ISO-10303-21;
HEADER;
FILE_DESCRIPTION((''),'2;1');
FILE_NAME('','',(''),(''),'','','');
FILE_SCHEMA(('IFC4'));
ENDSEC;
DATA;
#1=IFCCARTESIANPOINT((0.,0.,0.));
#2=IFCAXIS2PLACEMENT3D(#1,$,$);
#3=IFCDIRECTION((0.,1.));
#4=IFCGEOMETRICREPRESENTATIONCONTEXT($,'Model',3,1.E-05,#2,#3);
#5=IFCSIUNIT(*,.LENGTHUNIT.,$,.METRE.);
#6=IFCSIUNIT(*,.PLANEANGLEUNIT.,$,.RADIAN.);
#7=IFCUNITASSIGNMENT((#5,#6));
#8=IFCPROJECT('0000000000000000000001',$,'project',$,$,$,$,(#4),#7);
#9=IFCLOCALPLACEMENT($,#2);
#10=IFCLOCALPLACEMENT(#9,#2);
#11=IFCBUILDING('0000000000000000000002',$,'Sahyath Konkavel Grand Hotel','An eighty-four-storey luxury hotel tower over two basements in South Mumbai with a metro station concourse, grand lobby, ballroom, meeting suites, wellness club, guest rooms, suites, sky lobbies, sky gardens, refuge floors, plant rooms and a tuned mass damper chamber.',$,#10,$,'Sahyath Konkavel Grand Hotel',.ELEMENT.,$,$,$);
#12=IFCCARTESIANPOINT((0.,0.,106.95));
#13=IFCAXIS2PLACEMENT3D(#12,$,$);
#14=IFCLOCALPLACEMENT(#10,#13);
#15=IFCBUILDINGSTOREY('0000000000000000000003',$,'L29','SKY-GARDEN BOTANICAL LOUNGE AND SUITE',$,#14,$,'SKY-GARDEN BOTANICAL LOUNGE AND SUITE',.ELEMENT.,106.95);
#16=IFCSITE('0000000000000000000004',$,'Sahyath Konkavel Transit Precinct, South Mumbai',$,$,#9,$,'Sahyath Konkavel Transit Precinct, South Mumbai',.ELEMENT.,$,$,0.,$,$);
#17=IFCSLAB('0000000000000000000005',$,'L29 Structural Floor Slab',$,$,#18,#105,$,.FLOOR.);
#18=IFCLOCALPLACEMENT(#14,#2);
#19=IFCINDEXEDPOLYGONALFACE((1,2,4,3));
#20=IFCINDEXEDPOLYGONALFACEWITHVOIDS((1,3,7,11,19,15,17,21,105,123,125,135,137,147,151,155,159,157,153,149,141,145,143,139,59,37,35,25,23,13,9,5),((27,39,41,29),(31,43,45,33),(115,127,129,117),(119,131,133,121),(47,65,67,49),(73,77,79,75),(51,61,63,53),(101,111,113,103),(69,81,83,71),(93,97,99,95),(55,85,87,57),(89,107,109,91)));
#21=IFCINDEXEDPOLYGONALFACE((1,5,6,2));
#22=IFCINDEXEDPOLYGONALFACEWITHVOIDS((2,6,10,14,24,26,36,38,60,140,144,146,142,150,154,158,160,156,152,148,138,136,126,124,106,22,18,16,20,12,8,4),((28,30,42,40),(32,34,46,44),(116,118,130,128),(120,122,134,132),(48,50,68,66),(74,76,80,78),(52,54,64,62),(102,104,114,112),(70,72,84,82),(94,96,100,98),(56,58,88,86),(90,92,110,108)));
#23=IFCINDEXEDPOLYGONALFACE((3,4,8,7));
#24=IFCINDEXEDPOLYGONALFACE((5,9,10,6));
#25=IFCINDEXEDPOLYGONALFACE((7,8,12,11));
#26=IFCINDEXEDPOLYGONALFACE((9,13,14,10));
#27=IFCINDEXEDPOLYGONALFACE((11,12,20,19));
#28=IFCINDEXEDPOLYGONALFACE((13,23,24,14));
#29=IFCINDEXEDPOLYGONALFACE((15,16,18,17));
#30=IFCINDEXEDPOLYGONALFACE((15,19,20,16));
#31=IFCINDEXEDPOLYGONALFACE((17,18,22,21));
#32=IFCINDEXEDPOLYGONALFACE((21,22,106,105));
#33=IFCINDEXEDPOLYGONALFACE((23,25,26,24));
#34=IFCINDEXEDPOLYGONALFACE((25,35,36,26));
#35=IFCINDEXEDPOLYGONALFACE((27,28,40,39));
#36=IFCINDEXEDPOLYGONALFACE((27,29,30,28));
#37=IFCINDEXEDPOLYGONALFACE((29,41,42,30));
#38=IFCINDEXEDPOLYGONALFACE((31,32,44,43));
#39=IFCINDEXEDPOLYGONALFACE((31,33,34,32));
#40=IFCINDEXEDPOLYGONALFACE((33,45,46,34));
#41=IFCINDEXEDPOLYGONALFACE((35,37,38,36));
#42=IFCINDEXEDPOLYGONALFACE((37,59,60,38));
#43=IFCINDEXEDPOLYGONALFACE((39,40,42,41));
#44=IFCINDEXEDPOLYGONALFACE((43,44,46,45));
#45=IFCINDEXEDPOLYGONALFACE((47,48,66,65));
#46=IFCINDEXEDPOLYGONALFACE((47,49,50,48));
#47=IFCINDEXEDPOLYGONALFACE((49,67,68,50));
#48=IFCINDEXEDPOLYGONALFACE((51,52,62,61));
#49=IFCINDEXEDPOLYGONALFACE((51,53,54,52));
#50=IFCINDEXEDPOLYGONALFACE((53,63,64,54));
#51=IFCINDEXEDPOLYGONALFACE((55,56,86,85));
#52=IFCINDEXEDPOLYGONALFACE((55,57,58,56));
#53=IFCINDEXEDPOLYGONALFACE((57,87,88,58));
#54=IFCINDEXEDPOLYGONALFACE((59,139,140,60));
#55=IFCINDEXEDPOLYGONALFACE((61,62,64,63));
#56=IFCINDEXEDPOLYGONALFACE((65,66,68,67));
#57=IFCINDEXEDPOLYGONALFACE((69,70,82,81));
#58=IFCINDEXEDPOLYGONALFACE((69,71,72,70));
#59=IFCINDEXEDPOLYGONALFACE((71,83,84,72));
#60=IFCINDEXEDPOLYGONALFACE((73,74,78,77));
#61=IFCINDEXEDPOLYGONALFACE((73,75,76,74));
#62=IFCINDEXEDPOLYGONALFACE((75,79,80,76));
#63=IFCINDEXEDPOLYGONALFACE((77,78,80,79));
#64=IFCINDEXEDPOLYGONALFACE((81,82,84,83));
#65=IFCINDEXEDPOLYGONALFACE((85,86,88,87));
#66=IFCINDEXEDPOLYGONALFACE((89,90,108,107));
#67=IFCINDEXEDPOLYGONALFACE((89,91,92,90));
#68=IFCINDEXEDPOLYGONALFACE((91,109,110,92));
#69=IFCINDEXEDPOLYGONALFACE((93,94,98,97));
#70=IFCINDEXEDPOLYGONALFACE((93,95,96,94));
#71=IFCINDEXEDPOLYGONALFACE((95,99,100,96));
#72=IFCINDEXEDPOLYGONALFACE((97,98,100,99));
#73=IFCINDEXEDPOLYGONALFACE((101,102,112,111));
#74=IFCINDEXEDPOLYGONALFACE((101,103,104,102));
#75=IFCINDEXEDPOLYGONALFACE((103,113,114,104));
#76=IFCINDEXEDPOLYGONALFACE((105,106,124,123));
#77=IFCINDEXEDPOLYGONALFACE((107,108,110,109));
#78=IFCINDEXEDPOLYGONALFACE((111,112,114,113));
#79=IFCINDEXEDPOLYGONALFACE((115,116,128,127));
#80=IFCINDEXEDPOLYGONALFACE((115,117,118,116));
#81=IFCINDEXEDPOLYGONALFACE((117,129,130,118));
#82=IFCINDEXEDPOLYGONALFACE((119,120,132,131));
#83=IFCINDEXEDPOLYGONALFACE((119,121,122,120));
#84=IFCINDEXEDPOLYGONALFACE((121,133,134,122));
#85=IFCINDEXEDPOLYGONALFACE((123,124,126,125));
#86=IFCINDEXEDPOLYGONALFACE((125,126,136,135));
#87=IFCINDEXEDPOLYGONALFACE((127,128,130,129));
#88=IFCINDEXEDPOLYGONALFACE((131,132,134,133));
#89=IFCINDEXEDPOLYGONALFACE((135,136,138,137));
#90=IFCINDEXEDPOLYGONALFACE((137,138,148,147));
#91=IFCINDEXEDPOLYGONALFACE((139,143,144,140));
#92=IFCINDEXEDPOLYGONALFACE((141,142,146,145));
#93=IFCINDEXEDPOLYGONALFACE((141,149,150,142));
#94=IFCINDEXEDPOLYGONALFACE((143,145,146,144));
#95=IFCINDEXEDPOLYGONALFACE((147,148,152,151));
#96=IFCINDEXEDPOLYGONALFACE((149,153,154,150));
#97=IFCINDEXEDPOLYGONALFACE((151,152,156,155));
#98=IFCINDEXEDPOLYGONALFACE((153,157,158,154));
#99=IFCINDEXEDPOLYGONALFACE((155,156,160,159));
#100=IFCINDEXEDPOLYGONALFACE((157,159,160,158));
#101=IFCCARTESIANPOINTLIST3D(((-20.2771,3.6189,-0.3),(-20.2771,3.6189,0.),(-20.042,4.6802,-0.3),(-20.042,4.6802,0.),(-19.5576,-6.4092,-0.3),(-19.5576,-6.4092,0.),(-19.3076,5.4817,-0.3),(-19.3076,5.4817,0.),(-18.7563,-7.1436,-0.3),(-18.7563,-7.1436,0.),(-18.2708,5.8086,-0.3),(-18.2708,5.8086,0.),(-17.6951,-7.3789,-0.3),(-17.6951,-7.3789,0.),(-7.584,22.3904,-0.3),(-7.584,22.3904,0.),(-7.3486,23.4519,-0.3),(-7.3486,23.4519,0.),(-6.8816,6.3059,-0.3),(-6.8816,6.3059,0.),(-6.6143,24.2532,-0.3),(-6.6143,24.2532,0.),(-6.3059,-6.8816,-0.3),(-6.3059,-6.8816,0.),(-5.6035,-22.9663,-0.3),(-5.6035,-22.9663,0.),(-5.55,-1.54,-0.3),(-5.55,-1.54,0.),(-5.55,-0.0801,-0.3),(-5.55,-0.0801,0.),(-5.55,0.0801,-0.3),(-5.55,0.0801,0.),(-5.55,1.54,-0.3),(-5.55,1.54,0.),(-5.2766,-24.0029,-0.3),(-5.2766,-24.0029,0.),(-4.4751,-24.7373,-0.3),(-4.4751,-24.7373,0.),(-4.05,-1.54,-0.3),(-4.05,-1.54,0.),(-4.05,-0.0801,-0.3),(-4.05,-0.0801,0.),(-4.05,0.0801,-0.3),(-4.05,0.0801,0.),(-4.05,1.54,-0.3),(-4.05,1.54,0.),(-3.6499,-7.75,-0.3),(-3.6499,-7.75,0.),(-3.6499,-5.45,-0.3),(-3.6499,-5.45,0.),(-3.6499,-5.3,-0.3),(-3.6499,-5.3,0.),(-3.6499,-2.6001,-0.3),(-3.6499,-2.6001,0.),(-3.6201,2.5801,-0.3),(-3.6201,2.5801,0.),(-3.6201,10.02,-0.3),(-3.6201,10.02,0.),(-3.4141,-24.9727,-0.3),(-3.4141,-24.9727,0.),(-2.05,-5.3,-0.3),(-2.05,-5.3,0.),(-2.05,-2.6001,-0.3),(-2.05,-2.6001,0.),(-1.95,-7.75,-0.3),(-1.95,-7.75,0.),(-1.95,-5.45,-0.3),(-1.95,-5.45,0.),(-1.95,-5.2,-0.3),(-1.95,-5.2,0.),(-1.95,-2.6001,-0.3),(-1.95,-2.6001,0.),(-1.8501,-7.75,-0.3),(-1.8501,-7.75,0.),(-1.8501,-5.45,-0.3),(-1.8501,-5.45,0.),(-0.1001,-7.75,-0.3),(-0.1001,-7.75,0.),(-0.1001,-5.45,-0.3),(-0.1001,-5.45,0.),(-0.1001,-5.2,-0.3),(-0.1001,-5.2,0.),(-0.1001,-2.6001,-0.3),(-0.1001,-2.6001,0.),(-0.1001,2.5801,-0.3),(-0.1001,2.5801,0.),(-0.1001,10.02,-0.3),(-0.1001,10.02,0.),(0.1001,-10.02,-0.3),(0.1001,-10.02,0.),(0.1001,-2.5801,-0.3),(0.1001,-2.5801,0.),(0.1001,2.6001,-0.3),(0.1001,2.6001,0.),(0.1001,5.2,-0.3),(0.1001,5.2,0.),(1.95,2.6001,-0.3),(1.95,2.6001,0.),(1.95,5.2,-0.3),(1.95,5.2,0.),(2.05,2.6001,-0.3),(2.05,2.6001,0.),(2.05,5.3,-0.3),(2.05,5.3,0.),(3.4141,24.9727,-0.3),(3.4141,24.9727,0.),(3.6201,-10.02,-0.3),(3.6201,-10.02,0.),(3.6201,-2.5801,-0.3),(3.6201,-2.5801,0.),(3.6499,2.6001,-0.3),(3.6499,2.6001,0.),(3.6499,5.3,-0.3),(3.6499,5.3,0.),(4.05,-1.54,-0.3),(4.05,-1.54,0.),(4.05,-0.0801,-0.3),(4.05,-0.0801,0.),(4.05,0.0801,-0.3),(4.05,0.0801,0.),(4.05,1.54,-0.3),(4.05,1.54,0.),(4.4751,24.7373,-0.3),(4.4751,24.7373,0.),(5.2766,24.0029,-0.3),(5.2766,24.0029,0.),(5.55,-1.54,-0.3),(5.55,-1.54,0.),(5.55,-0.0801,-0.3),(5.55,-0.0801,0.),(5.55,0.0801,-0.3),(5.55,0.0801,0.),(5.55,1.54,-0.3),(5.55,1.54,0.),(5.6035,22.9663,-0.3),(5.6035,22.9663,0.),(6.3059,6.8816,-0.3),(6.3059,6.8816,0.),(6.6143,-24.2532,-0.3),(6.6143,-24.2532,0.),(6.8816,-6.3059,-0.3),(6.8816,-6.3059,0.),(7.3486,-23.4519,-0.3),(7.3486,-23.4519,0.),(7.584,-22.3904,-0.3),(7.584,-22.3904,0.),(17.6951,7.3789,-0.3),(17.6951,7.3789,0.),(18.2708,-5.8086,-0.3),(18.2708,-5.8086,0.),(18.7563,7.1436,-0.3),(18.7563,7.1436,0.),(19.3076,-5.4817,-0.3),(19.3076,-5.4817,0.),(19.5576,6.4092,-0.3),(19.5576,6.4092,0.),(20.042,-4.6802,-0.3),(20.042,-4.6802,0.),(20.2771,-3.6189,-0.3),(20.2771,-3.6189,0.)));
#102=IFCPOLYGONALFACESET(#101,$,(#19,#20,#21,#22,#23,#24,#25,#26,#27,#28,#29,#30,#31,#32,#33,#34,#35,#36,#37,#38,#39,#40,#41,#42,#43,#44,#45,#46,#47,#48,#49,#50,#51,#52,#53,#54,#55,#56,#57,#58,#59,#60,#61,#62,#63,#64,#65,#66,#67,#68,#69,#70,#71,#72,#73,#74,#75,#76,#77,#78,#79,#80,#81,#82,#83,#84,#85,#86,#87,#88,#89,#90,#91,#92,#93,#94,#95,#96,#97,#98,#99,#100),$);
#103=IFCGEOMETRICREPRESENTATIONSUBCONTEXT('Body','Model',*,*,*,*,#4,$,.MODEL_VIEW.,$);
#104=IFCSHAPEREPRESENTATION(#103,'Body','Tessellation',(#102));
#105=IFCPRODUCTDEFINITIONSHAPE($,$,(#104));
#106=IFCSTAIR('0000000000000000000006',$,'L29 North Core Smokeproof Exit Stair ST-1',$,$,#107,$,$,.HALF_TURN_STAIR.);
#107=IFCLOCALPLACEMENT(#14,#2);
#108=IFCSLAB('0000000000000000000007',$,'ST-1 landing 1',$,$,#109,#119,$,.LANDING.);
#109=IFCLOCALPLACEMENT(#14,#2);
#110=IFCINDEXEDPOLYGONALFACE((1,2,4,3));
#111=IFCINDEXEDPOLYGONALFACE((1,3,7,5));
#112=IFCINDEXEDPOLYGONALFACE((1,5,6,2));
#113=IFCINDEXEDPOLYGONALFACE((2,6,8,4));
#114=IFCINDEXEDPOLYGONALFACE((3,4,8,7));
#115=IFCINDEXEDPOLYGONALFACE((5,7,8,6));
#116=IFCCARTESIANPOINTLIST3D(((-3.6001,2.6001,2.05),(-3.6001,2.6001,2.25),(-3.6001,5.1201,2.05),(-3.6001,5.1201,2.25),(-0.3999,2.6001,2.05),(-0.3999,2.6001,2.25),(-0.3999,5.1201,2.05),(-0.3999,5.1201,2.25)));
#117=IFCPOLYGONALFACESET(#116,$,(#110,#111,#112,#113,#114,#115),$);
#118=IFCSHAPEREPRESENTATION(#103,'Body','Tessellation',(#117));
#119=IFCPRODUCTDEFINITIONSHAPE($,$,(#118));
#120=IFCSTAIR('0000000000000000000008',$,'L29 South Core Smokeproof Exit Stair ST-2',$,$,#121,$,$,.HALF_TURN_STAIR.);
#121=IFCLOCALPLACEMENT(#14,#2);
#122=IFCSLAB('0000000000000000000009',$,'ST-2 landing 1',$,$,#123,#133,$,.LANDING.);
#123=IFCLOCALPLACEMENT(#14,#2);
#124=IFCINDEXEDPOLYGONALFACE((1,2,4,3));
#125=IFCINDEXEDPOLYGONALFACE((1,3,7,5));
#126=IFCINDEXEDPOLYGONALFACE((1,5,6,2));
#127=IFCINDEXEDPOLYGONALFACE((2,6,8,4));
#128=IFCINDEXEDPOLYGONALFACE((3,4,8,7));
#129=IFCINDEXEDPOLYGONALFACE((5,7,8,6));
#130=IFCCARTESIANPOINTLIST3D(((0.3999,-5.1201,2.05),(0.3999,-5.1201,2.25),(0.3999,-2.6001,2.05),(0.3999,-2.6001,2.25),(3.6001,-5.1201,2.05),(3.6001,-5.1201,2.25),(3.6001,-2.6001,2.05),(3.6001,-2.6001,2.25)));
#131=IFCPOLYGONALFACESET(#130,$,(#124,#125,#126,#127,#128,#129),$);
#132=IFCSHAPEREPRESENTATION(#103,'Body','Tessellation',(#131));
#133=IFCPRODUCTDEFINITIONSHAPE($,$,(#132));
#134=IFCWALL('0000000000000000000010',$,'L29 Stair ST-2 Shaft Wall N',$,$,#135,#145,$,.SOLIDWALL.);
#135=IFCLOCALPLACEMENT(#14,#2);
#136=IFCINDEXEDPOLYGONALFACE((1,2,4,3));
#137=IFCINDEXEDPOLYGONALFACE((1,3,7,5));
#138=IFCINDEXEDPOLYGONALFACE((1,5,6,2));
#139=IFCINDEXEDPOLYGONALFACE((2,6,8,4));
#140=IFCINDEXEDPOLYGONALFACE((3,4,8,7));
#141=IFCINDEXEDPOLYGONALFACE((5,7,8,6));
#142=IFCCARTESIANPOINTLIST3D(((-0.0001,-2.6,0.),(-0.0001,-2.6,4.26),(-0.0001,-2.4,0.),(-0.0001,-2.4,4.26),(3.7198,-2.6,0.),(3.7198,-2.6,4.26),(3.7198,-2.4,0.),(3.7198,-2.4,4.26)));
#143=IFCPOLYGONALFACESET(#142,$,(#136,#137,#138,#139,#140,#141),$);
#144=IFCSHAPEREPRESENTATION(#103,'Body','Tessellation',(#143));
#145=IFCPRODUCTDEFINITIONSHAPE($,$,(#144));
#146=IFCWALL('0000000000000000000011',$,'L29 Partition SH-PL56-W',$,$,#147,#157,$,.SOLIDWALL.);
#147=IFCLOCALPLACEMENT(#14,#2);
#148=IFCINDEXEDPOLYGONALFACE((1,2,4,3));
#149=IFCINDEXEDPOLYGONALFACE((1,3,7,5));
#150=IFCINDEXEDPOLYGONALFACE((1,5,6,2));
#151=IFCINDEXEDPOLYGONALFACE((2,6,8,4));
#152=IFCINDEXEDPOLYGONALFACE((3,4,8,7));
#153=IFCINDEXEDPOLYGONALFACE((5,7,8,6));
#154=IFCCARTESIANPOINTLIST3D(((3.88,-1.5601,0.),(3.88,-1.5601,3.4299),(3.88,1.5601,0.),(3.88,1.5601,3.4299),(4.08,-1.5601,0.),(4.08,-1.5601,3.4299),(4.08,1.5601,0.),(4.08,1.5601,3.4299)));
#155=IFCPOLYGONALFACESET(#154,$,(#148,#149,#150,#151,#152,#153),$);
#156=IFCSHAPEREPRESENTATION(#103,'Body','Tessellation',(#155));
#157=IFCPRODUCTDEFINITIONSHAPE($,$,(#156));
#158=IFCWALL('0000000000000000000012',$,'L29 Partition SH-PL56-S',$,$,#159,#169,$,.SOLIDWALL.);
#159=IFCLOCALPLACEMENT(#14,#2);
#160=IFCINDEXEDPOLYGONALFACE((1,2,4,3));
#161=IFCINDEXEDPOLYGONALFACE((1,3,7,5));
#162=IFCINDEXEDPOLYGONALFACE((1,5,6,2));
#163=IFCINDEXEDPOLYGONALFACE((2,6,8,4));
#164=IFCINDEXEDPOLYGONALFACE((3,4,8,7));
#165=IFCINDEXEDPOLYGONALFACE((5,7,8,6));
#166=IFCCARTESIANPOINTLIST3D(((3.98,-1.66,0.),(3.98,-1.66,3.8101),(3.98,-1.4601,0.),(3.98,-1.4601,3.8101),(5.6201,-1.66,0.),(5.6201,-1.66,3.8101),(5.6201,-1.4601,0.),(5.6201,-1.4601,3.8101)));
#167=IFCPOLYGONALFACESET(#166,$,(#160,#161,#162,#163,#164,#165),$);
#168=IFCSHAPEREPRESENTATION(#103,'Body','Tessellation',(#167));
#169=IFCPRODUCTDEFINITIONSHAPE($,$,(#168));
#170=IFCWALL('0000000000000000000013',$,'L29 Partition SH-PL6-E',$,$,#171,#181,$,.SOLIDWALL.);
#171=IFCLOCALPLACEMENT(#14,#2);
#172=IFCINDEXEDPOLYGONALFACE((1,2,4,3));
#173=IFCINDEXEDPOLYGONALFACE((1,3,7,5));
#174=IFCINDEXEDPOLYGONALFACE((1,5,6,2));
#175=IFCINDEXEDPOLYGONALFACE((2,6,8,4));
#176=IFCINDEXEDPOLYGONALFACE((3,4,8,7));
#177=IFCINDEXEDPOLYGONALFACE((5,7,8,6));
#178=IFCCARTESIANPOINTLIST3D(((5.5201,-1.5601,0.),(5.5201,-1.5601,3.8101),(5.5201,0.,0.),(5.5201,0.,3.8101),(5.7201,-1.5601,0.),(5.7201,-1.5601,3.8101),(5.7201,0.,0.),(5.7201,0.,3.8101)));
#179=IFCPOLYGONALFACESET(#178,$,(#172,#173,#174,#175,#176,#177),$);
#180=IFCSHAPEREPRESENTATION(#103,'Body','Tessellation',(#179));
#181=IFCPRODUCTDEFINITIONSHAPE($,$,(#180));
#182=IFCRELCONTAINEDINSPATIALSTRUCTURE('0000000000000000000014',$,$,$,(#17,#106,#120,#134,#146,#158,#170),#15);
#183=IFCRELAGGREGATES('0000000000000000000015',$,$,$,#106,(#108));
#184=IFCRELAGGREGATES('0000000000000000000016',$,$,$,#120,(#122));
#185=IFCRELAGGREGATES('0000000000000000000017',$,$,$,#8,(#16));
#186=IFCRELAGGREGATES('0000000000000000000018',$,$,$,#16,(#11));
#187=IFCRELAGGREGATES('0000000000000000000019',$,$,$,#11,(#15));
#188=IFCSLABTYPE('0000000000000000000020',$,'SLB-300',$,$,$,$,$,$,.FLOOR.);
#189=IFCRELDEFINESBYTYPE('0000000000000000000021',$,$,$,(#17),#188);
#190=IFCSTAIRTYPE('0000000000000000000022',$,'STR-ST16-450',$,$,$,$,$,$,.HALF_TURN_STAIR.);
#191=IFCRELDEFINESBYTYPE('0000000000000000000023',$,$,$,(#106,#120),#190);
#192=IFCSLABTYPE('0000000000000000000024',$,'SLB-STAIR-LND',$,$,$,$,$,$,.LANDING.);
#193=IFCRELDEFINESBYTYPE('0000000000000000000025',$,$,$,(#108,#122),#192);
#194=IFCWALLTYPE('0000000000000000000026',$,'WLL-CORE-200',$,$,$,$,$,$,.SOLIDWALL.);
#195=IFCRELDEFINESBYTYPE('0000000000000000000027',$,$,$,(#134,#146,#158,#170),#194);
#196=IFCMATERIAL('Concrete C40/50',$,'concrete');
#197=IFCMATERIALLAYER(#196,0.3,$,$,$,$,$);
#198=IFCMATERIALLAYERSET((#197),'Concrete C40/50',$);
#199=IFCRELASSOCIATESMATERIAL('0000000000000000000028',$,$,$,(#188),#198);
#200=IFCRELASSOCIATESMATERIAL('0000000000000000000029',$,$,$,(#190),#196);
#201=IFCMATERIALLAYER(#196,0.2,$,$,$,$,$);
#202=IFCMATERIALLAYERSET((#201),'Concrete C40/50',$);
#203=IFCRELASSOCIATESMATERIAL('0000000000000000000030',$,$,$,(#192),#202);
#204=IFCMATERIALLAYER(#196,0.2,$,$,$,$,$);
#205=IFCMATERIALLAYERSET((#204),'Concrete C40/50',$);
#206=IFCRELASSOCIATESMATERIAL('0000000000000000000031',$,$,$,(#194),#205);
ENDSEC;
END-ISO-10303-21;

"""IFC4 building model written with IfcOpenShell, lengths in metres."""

from ifc_helpers import new_model, si_unit, direction, frame, frame_2d, origin, place, context, subcontext, project, spatial, polyline, rectangle, outline, extrude, material, layer, layer_set, type_object, element, aggregate, save


model = new_model("IFC4")

# Units and contexts
model_context = context("Model", 3, precision=1e-05, world=origin(), true_north=direction((0.0, 1.0)))
body_context = subcontext(model_context, "Body", "Model", "MODEL_VIEW")
ifc_project = project(units=[si_unit("LENGTHUNIT", "METRE"), si_unit("PLANEANGLEUNIT", "RADIAN")], contexts=[model_context])

# Site, building, storey
site_placement = place(None, origin())
site = spatial("IfcSite", under=ifc_project, at=site_placement, Name="Sahyath Konkavel Transit Precinct, South Mumbai", LongName="Sahyath Konkavel Transit Precinct, South Mumbai", CompositionType="ELEMENT", RefElevation=0.0)
building_placement = place(site_placement, origin())
building = spatial("IfcBuilding", under=site, at=building_placement, Name="Sahyath Konkavel Grand Hotel", Description="An eighty-four-storey luxury hotel tower over two basements in South Mumbai with a metro station concourse, grand lobby, ballroom, meeting suites, wellness club, guest rooms, suites, sky lobbies, sky gardens, refuge floors, plant rooms and a tuned mass damper chamber.", LongName="Sahyath Konkavel Grand Hotel", CompositionType="ELEMENT")
storey_placement = place(building_placement, frame((0.0, 0.0, 106.95)))
storey = spatial("IfcBuildingStorey", under=building, at=storey_placement, Name="L29", Description="SKY-GARDEN BOTANICAL LOUNGE AND SUITE", LongName="SKY-GARDEN BOTANICAL LOUNGE AND SUITE", CompositionType="ELEMENT", Elevation=106.95)

# Slab
ifc_material_1 = material(Name="Concrete C40/50", Category="concrete")
ifc_layer_1 = layer(ifc_material_1, 0.3)
ifc_layer_set_1 = layer_set([ifc_layer_1], Name="Concrete C40/50")
slab_type_1 = type_object("IfcSlabType", Name="SLB-300", PredefinedType="FLOOR", material=ifc_layer_set_1)
slab_1_placement = place(storey_placement, frame((0.0, 0.0, -0.3)))
element("IfcSlab", 1, at=slab_1_placement, inside=storey, type_object=slab_type_1, Name="L29 Structural Floor Slab", PredefinedType="FLOOR", context=body_context, shape_type="SweptSolid", body=[
    extrude(outline(polyline([(6.8816, -6.3059), (18.2708, -5.8086), (19.3076, -5.4817), (20.042, -4.6802), (20.2771, -3.6189), (19.5576, 6.4092), (18.7563, 7.1436), (17.6951, 7.3789), (6.3059, 6.8816), (5.6035, 22.9663), (5.2766, 24.0029), (4.4751, 24.7373), (3.4141, 24.9727), (-6.6143, 24.2532), (-7.3486, 23.4519), (-7.584, 22.3904), (-6.8816, 6.3059), (-18.2708, 5.8086), (-19.3076, 5.4817), (-20.042, 4.6802), (-20.2771, 3.6189), (-19.5576, -6.4092), (-18.7563, -7.1436), (-17.6951, -7.3789), (-6.3059, -6.8816), (-5.6035, -22.9663), (-5.2766, -24.0029), (-4.4751, -24.7373), (-3.4141, -24.9727), (6.6143, -24.2532), (7.3486, -23.4519), (7.584, -22.3904), (6.8816, -6.3059)]), holes=[polyline([(-3.6201, 2.5801), (-0.1001, 2.5801), (-0.1001, 10.02), (-3.6201, 10.02), (-3.6201, 2.5801)]), polyline([(0.1001, -10.02), (3.6201, -10.02), (3.6201, -2.5801), (0.1001, -2.5801), (0.1001, -10.02)]), polyline([(0.1001, 2.6001), (1.95, 2.6001), (1.95, 5.2), (0.1001, 5.2), (0.1001, 2.6001)]), polyline([(-1.95, -5.2), (-0.1001, -5.2), (-0.1001, -2.6001), (-1.95, -2.6001), (-1.95, -5.2)]), polyline([(2.05, 2.6001), (3.6499, 2.6001), (3.6499, 5.3), (2.05, 5.3), (2.05, 2.6001)]), polyline([(-3.6499, -5.3), (-2.05, -5.3), (-2.05, -2.6001), (-3.6499, -2.6001), (-3.6499, -5.3)]), polyline([(-3.6499, -7.75), (-1.95, -7.75), (-1.95, -5.45), (-3.6499, -5.45), (-3.6499, -7.75)]), polyline([(-1.8501, -7.75), (-0.1001, -7.75), (-0.1001, -5.45), (-1.8501, -5.45), (-1.8501, -7.75)]), polyline([(4.05, 0.0801), (5.55, 0.0801), (5.55, 1.54), (4.05, 1.54), (4.05, 0.0801)]), polyline([(4.05, -1.54), (5.55, -1.54), (5.55, -0.0801), (4.05, -0.0801), (4.05, -1.54)]), polyline([(-5.55, 0.0801), (-4.05, 0.0801), (-4.05, 1.54), (-5.55, 1.54), (-5.55, 0.0801)]), polyline([(-5.55, -1.54), (-4.05, -1.54), (-4.05, -0.0801), (-5.55, -0.0801), (-5.55, -1.54)])]), origin(), (0.0, 0.0, 1.0), 0.3),
])

# Stairs, slabs
stair_type = type_object("IfcStairType", Name="STR-ST16-450", PredefinedType="HALF_TURN_STAIR", material=ifc_material_1)
stair_1_placement = place(storey_placement, origin())
stair_1 = element("IfcStair", 2, at=stair_1_placement, inside=storey, type_object=stair_type, Name="L29 North Core Smokeproof Exit Stair ST-1", PredefinedType="HALF_TURN_STAIR")
ifc_layer_2 = layer(ifc_material_1, 0.2)
ifc_layer_set_2 = layer_set([ifc_layer_2], Name="Concrete C40/50")
slab_type_2 = type_object("IfcSlabType", Name="SLB-STAIR-LND", PredefinedType="LANDING", material=ifc_layer_set_2)
slab_2_placement = place(storey_placement, frame((0.0, 0.0, 2.05)))
slab_2 = element("IfcSlab", 3, at=slab_2_placement, type_object=slab_type_2, Name="ST-1 landing 1", PredefinedType="LANDING", context=body_context, shape_type="SweptSolid", body=[
    extrude(outline(polyline([(-3.6001, 5.1201), (-3.6001, 2.6001), (-0.3999, 2.6001), (-0.3999, 5.1201), (-3.6001, 5.1201)])), origin(), (0.0, 0.0, 1.0), 0.2),
])
aggregate(stair_1, [slab_2])
stair_2_placement = place(storey_placement, origin())
stair_2 = element("IfcStair", 4, at=stair_2_placement, inside=storey, type_object=stair_type, Name="L29 South Core Smokeproof Exit Stair ST-2", PredefinedType="HALF_TURN_STAIR")
slab_3_placement = place(storey_placement, frame((0.0, 0.0, 2.05)))
slab_3 = element("IfcSlab", 5, at=slab_3_placement, type_object=slab_type_2, Name="ST-2 landing 1", PredefinedType="LANDING", context=body_context, shape_type="SweptSolid", body=[
    extrude(outline(polyline([(3.6001, -5.1201), (3.6001, -2.6001), (0.3999, -2.6001), (0.3999, -5.1201), (3.6001, -5.1201)])), origin(), (0.0, 0.0, 1.0), 0.2),
])

# Walls
ifc_layer_3 = layer(ifc_material_1, 0.2)
ifc_layer_set_3 = layer_set([ifc_layer_3], Name="Concrete C40/50")
wall_type_1 = type_object("IfcWallType", Name="WLL-CORE-200", PredefinedType="SOLIDWALL", material=ifc_layer_set_3)
wall_1_placement = place(storey_placement, frame((0.0, -2.5, 0.0), z_axis=(0.0, 0.0, 1.0), x_axis=(1.0, 0.0, 0.0)))
element("IfcWall", 6, at=wall_1_placement, inside=storey, type_object=wall_type_1, Name="L29 Stair ST-2 Shaft Wall N", PredefinedType="SOLIDWALL", context=body_context, shape_type="SweptSolid", body=[
    extrude(rectangle(XDim=3.72, YDim=0.2, at=frame_2d((1.8599, 0.0))), origin(), (0.0, 0.0, 1.0), 4.26),
])
wall_2_placement = place(storey_placement, frame((3.98, -1.5601, 0.0), z_axis=(0.0, 0.0, 1.0), x_axis=(0.0, 1.0, 0.0)))
element("IfcWall", 7, at=wall_2_placement, inside=storey, type_object=wall_type_1, Name="L29 Partition SH-PL56-W", PredefinedType="SOLIDWALL", context=body_context, shape_type="SweptSolid", body=[
    extrude(rectangle(XDim=3.1201, YDim=0.2, at=frame_2d((1.5601, 0.0))), origin(), (0.0, 0.0, 1.0), 3.4299),
])
wall_3_placement = place(storey_placement, frame((3.98, -1.5601, 0.0), z_axis=(0.0, 0.0, 1.0), x_axis=(1.0, 0.0, 0.0)))
element("IfcWall", 8, at=wall_3_placement, inside=storey, type_object=wall_type_1, Name="L29 Partition SH-PL56-S", PredefinedType="SOLIDWALL", context=body_context, shape_type="SweptSolid", body=[
    extrude(rectangle(XDim=1.6401, YDim=0.2, at=frame_2d((0.8201, 0.0))), origin(), (0.0, 0.0, 1.0), 3.8101),
])
wall_4_placement = place(storey_placement, frame((5.6201, -1.5601, 0.0), z_axis=(0.0, 0.0, 1.0), x_axis=(0.0, 1.0, 0.0)))
element("IfcWall", 9, at=wall_4_placement, inside=storey, type_object=wall_type_1, Name="L29 Partition SH-PL6-E", PredefinedType="SOLIDWALL", context=body_context, shape_type="SweptSolid", body=[
    extrude(rectangle(XDim=1.5601, YDim=0.2, at=frame_2d((0.78, 0.0))), origin(), (0.0, 0.0, 1.0), 3.8101),
])

aggregate(stair_2, [slab_3])

save(model, "model.ifc")
